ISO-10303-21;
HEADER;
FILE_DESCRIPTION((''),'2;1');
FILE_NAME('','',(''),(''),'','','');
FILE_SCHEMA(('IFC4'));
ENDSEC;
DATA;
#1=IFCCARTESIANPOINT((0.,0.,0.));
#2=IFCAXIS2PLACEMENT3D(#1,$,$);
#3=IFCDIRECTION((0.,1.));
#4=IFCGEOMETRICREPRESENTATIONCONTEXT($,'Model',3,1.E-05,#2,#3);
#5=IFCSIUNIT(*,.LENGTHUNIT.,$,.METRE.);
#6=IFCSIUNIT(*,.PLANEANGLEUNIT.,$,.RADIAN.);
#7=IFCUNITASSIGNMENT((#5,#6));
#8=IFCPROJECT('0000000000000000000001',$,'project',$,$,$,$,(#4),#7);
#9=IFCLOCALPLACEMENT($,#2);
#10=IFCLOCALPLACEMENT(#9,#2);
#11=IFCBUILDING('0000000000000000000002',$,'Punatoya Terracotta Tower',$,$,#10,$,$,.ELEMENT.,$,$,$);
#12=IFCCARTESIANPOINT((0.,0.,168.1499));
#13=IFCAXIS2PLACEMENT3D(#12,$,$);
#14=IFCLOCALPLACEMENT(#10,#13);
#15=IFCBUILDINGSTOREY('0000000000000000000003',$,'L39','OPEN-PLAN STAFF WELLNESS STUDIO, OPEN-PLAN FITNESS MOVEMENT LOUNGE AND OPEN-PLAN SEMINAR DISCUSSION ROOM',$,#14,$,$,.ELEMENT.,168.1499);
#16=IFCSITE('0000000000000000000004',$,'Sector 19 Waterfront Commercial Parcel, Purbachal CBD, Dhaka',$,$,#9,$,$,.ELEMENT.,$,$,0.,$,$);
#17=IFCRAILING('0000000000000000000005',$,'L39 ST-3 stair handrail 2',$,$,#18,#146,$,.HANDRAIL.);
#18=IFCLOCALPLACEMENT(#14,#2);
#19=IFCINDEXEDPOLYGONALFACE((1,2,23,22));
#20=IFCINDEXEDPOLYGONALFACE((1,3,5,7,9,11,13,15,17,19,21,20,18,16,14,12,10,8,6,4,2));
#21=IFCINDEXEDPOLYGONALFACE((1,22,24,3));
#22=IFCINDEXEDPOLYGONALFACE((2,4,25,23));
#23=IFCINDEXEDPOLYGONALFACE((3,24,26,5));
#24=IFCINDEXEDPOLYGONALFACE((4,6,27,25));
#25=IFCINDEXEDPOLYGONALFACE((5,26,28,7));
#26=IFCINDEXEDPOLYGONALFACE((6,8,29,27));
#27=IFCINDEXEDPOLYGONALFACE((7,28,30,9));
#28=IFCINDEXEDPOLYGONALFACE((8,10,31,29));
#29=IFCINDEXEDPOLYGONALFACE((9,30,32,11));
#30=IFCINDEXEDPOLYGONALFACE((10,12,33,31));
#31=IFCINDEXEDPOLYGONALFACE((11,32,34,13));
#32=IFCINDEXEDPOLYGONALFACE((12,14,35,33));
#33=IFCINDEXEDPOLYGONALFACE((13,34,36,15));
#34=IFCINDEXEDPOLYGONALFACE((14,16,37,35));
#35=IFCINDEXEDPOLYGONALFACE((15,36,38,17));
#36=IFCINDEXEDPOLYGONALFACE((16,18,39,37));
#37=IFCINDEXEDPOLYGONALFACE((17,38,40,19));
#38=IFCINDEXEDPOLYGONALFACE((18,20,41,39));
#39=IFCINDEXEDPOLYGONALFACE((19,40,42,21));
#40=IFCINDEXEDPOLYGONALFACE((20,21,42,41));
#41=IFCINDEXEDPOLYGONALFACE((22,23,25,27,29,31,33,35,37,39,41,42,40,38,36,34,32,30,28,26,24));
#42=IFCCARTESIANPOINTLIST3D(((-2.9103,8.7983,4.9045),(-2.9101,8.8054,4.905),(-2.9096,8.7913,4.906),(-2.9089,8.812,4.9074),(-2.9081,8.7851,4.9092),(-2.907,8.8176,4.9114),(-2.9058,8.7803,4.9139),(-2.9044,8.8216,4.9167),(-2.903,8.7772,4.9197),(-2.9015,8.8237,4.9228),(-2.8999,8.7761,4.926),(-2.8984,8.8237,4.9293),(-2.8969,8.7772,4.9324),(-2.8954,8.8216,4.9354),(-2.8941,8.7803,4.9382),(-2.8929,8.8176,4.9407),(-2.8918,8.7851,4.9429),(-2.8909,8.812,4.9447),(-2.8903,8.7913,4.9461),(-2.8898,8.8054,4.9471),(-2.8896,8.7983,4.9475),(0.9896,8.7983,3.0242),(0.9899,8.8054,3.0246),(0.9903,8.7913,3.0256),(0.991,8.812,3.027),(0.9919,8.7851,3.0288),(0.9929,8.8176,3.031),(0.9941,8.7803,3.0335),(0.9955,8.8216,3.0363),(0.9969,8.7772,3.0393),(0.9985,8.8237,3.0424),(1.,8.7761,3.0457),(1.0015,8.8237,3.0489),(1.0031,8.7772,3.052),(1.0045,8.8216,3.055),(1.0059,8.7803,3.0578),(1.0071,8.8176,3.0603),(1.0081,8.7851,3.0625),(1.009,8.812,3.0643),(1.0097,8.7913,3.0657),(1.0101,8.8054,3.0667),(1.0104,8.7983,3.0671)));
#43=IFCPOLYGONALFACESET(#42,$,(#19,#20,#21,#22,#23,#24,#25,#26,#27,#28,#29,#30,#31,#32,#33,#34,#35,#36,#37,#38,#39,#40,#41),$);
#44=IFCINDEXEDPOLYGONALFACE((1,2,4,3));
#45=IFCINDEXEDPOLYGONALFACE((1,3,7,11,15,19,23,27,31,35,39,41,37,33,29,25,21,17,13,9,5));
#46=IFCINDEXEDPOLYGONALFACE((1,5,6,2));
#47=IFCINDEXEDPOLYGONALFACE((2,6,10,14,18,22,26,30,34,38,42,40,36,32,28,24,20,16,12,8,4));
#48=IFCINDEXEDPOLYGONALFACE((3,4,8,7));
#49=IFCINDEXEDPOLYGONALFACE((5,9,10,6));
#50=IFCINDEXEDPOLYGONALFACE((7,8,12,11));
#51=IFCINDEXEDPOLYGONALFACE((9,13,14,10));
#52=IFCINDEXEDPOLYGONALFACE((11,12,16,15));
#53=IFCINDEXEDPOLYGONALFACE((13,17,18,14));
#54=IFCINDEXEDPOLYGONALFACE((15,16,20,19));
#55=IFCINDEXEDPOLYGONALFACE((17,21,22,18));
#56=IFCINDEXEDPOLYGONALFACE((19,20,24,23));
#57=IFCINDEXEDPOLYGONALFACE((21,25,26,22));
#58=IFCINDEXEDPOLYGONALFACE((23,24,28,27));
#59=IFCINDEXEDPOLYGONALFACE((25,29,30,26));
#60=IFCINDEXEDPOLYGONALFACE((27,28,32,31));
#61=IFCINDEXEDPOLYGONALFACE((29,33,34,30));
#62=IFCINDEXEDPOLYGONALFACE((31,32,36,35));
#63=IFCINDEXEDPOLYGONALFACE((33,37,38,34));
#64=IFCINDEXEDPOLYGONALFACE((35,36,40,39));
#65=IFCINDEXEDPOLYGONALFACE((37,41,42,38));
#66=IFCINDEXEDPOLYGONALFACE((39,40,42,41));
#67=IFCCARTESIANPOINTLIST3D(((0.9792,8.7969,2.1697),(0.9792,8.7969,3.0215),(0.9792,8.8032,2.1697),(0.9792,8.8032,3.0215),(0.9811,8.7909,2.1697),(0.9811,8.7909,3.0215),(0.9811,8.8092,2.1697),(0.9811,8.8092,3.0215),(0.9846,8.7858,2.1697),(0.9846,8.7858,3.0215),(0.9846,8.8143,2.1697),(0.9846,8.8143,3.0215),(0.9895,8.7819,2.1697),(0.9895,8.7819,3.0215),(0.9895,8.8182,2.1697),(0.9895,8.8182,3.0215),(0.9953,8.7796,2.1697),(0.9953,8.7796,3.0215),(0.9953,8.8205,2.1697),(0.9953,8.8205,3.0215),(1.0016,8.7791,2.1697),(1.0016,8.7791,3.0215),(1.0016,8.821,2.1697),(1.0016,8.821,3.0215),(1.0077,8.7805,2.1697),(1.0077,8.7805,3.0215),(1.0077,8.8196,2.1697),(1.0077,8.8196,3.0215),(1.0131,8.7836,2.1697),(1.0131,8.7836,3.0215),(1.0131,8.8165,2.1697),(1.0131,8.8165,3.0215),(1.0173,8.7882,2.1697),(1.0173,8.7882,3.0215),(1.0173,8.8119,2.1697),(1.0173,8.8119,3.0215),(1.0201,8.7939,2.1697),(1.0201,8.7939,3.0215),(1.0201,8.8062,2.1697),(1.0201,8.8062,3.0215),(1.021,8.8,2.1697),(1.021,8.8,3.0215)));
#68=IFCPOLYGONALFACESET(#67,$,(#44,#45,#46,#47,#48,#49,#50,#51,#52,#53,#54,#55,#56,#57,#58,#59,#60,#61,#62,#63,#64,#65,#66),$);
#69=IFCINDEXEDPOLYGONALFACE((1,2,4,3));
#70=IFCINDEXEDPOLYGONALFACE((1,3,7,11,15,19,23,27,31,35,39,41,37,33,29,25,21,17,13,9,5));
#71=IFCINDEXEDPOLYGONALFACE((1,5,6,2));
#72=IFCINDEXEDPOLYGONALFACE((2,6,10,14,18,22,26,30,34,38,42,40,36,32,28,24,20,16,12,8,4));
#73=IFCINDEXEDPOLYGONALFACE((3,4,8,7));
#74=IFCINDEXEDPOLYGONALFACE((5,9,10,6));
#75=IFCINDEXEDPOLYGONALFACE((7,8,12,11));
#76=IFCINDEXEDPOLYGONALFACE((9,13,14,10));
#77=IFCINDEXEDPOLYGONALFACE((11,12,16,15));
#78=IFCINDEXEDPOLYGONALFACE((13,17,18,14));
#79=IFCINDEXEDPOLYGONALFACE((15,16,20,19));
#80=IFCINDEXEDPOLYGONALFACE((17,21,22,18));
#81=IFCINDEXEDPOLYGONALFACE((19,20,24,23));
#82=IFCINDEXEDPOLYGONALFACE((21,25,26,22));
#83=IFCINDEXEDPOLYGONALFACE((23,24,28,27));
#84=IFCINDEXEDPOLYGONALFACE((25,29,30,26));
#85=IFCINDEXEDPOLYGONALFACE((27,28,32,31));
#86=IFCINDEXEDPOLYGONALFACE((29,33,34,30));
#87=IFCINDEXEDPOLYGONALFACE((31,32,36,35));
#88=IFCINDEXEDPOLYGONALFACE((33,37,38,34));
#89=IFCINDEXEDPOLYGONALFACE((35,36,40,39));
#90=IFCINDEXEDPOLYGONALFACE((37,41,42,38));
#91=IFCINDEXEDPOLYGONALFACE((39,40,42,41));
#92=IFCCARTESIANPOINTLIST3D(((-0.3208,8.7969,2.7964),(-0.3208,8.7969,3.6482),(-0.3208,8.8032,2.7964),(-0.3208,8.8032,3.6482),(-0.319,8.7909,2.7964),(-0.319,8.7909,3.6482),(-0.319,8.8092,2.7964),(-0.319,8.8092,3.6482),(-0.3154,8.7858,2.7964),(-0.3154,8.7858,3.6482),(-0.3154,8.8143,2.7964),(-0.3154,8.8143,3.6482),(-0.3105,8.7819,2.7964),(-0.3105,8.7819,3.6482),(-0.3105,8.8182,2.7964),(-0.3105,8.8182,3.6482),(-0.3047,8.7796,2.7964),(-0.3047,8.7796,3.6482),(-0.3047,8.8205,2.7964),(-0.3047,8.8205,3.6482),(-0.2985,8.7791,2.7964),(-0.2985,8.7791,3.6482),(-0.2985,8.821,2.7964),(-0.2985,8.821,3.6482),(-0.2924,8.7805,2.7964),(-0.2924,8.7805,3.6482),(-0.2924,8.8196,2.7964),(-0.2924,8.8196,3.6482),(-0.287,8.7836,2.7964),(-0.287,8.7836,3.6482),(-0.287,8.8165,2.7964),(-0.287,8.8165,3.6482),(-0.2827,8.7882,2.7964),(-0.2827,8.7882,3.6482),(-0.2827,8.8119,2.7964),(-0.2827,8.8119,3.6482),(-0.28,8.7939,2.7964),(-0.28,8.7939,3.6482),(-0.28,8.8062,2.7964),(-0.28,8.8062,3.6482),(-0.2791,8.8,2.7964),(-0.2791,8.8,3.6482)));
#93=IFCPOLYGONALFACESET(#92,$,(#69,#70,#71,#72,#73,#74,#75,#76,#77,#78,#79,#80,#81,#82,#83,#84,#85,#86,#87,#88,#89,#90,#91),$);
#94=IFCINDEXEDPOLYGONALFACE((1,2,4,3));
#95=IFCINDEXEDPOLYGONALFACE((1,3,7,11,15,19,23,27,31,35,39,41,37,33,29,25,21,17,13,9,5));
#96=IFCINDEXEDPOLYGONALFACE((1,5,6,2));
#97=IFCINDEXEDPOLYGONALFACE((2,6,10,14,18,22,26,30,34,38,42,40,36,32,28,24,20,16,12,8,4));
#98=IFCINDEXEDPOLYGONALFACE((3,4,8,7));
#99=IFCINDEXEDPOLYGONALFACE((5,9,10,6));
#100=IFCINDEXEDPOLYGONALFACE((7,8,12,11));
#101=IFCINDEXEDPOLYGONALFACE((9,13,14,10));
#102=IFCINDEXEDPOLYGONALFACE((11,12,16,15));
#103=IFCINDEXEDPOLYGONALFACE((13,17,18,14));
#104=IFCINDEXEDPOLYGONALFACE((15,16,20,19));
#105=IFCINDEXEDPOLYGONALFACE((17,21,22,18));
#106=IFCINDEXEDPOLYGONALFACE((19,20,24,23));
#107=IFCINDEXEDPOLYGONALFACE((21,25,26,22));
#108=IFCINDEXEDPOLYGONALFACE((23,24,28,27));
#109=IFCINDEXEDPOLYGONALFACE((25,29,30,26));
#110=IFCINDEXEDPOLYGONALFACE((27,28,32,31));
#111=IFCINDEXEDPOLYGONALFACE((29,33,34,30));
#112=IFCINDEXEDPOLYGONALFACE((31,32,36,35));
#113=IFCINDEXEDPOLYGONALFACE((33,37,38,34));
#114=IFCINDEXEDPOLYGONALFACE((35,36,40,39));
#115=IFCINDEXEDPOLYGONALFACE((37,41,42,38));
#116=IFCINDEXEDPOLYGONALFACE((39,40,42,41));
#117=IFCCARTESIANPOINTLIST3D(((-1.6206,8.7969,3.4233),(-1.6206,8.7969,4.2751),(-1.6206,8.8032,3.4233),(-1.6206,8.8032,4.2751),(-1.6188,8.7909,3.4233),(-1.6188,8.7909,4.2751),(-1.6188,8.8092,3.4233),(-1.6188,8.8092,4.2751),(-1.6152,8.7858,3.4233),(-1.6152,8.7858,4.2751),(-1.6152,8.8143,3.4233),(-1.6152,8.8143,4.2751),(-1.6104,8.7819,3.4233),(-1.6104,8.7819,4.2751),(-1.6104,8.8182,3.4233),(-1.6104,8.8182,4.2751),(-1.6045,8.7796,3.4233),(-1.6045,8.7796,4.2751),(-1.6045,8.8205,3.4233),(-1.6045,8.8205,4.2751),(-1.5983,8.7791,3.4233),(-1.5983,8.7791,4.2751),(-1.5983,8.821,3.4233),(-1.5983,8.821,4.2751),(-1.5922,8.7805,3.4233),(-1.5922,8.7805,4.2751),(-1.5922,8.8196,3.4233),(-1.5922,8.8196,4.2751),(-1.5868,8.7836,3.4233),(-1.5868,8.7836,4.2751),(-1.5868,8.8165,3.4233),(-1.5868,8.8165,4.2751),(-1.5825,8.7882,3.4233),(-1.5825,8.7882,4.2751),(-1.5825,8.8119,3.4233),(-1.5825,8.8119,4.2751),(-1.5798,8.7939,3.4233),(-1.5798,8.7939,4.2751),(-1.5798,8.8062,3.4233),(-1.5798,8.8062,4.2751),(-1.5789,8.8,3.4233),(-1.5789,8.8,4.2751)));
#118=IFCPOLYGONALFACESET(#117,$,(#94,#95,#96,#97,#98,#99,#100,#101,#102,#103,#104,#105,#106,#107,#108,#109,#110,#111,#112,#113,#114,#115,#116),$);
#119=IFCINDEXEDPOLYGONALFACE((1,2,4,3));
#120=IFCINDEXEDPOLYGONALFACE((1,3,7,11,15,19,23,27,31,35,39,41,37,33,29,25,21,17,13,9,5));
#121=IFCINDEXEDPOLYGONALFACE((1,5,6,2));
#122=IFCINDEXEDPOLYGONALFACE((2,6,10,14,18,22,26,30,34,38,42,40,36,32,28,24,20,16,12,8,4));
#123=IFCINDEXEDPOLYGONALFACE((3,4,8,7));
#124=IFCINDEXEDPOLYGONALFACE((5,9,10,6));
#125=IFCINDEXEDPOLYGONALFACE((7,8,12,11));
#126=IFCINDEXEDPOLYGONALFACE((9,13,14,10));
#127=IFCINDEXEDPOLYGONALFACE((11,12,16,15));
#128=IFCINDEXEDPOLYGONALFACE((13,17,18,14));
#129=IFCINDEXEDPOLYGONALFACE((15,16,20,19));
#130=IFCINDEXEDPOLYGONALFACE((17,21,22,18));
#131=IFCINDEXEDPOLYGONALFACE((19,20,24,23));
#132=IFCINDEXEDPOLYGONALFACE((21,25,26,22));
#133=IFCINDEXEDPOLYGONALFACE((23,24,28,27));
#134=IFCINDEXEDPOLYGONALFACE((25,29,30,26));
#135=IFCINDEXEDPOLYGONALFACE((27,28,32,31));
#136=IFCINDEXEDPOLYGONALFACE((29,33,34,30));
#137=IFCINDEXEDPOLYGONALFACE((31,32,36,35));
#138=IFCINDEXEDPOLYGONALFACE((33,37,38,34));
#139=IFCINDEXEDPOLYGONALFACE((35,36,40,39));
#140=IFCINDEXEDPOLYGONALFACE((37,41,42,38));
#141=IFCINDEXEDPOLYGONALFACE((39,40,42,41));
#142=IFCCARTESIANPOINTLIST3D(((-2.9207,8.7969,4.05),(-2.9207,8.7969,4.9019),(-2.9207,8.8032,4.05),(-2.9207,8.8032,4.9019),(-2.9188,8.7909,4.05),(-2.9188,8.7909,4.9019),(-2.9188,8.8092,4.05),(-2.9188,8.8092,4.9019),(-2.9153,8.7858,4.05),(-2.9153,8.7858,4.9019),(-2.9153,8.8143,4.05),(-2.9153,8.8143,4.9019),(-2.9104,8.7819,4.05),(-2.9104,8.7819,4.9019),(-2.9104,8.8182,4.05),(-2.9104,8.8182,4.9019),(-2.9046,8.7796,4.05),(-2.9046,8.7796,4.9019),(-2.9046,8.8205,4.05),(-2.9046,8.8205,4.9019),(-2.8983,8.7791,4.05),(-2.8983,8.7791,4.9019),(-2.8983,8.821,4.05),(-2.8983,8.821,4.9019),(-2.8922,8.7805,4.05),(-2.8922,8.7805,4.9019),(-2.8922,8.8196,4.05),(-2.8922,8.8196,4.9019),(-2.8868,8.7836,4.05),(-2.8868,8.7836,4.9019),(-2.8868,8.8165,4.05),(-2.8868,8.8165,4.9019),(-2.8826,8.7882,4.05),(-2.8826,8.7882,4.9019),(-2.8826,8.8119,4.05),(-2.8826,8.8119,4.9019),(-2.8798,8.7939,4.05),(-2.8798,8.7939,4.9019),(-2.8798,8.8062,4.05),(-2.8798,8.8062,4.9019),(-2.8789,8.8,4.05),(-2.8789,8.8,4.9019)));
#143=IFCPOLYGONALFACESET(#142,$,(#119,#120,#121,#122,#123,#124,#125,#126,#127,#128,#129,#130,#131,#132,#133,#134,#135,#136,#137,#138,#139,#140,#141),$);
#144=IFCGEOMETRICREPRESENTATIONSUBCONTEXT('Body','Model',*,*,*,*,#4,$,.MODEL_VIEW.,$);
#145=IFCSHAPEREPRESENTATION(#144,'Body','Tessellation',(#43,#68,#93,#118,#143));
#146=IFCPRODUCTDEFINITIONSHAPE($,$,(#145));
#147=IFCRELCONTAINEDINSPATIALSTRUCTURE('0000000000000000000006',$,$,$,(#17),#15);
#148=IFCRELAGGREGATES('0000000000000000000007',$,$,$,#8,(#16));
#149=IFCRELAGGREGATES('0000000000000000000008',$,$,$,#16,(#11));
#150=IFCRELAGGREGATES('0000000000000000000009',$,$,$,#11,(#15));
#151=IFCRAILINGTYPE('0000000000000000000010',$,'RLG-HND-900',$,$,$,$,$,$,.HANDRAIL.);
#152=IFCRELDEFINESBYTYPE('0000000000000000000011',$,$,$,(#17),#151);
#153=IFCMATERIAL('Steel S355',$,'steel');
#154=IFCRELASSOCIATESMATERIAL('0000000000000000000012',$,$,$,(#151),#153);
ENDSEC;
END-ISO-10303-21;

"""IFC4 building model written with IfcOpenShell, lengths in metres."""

from ifc_helpers import new_model, si_unit, direction, frame, origin, origin_2d, place, context, subcontext, project, spatial, circle, extrude, material, type_object, element, save


model = new_model("IFC4")

# Units and contexts
model_context = context("Model", 3, precision=1e-05, world=origin(), true_north=direction((0.0, 1.0)))
body_context = subcontext(model_context, "Body", "Model", "MODEL_VIEW")
ifc_project = project(units=[si_unit("LENGTHUNIT", "METRE"), si_unit("PLANEANGLEUNIT", "RADIAN")], contexts=[model_context])

# Site, building, storey
site_placement = place(None, origin())
site = spatial("IfcSite", under=ifc_project, at=site_placement, Name="Sector 19 Waterfront Commercial Parcel, Purbachal CBD, Dhaka", CompositionType="ELEMENT", RefElevation=0.0)
building_placement = place(site_placement, origin())
building = spatial("IfcBuilding", under=site, at=building_placement, Name="Punatoya Terracotta Tower", CompositionType="ELEMENT")
storey_placement = place(building_placement, frame((0.0, 0.0, 168.1499)))
storey = spatial("IfcBuildingStorey", under=building, at=storey_placement, Name="L39", Description="OPEN-PLAN STAFF WELLNESS STUDIO, OPEN-PLAN FITNESS MOVEMENT LOUNGE AND OPEN-PLAN SEMINAR DISCUSSION ROOM", CompositionType="ELEMENT", Elevation=168.1499)

# Shared definitions
ifc_material_1 = material(Name="Steel S355", Category="steel")

# Railing
railing_type_1 = type_object("IfcRailingType", Name="RLG-HND-900", PredefinedType="HANDRAIL", material=ifc_material_1)
railing_1_placement = place(storey_placement, frame((1.0, 8.8, 2.1697)))
element("IfcRailing", 1, at=railing_1_placement, inside=storey, type_object=railing_type_1, Name="L39 ST-3 stair handrail 2", PredefinedType="HANDRAIL", context=body_context, shape_type="SweptSolid", body=[
    extrude(circle(Radius=0.0239, at=origin_2d()), frame((0.0, 0.0, 0.876), z_axis=(-0.900763, 0.0, 0.434311), x_axis=(0.0, -1.0, 0.0)), (0.0, 0.0, 1.0), 4.3296),
    extrude(circle(Radius=0.021, at=origin_2d()), origin(), (0.0, 0.0, 1.0), 0.8518),
    extrude(circle(Radius=0.021, at=origin_2d()), frame((-1.3, 0.0, 0.6267)), (0.0, 0.0, 1.0), 0.8518),
    extrude(circle(Radius=0.021, at=origin_2d()), frame((-2.5999, 0.0, 1.2537)), (0.0, 0.0, 1.0), 0.8518),
    extrude(circle(Radius=0.021, at=origin_2d()), frame((-3.8999, 0.0, 1.8804)), (0.0, 0.0, 1.0), 0.8518),
])

save(model, "model.ifc")
